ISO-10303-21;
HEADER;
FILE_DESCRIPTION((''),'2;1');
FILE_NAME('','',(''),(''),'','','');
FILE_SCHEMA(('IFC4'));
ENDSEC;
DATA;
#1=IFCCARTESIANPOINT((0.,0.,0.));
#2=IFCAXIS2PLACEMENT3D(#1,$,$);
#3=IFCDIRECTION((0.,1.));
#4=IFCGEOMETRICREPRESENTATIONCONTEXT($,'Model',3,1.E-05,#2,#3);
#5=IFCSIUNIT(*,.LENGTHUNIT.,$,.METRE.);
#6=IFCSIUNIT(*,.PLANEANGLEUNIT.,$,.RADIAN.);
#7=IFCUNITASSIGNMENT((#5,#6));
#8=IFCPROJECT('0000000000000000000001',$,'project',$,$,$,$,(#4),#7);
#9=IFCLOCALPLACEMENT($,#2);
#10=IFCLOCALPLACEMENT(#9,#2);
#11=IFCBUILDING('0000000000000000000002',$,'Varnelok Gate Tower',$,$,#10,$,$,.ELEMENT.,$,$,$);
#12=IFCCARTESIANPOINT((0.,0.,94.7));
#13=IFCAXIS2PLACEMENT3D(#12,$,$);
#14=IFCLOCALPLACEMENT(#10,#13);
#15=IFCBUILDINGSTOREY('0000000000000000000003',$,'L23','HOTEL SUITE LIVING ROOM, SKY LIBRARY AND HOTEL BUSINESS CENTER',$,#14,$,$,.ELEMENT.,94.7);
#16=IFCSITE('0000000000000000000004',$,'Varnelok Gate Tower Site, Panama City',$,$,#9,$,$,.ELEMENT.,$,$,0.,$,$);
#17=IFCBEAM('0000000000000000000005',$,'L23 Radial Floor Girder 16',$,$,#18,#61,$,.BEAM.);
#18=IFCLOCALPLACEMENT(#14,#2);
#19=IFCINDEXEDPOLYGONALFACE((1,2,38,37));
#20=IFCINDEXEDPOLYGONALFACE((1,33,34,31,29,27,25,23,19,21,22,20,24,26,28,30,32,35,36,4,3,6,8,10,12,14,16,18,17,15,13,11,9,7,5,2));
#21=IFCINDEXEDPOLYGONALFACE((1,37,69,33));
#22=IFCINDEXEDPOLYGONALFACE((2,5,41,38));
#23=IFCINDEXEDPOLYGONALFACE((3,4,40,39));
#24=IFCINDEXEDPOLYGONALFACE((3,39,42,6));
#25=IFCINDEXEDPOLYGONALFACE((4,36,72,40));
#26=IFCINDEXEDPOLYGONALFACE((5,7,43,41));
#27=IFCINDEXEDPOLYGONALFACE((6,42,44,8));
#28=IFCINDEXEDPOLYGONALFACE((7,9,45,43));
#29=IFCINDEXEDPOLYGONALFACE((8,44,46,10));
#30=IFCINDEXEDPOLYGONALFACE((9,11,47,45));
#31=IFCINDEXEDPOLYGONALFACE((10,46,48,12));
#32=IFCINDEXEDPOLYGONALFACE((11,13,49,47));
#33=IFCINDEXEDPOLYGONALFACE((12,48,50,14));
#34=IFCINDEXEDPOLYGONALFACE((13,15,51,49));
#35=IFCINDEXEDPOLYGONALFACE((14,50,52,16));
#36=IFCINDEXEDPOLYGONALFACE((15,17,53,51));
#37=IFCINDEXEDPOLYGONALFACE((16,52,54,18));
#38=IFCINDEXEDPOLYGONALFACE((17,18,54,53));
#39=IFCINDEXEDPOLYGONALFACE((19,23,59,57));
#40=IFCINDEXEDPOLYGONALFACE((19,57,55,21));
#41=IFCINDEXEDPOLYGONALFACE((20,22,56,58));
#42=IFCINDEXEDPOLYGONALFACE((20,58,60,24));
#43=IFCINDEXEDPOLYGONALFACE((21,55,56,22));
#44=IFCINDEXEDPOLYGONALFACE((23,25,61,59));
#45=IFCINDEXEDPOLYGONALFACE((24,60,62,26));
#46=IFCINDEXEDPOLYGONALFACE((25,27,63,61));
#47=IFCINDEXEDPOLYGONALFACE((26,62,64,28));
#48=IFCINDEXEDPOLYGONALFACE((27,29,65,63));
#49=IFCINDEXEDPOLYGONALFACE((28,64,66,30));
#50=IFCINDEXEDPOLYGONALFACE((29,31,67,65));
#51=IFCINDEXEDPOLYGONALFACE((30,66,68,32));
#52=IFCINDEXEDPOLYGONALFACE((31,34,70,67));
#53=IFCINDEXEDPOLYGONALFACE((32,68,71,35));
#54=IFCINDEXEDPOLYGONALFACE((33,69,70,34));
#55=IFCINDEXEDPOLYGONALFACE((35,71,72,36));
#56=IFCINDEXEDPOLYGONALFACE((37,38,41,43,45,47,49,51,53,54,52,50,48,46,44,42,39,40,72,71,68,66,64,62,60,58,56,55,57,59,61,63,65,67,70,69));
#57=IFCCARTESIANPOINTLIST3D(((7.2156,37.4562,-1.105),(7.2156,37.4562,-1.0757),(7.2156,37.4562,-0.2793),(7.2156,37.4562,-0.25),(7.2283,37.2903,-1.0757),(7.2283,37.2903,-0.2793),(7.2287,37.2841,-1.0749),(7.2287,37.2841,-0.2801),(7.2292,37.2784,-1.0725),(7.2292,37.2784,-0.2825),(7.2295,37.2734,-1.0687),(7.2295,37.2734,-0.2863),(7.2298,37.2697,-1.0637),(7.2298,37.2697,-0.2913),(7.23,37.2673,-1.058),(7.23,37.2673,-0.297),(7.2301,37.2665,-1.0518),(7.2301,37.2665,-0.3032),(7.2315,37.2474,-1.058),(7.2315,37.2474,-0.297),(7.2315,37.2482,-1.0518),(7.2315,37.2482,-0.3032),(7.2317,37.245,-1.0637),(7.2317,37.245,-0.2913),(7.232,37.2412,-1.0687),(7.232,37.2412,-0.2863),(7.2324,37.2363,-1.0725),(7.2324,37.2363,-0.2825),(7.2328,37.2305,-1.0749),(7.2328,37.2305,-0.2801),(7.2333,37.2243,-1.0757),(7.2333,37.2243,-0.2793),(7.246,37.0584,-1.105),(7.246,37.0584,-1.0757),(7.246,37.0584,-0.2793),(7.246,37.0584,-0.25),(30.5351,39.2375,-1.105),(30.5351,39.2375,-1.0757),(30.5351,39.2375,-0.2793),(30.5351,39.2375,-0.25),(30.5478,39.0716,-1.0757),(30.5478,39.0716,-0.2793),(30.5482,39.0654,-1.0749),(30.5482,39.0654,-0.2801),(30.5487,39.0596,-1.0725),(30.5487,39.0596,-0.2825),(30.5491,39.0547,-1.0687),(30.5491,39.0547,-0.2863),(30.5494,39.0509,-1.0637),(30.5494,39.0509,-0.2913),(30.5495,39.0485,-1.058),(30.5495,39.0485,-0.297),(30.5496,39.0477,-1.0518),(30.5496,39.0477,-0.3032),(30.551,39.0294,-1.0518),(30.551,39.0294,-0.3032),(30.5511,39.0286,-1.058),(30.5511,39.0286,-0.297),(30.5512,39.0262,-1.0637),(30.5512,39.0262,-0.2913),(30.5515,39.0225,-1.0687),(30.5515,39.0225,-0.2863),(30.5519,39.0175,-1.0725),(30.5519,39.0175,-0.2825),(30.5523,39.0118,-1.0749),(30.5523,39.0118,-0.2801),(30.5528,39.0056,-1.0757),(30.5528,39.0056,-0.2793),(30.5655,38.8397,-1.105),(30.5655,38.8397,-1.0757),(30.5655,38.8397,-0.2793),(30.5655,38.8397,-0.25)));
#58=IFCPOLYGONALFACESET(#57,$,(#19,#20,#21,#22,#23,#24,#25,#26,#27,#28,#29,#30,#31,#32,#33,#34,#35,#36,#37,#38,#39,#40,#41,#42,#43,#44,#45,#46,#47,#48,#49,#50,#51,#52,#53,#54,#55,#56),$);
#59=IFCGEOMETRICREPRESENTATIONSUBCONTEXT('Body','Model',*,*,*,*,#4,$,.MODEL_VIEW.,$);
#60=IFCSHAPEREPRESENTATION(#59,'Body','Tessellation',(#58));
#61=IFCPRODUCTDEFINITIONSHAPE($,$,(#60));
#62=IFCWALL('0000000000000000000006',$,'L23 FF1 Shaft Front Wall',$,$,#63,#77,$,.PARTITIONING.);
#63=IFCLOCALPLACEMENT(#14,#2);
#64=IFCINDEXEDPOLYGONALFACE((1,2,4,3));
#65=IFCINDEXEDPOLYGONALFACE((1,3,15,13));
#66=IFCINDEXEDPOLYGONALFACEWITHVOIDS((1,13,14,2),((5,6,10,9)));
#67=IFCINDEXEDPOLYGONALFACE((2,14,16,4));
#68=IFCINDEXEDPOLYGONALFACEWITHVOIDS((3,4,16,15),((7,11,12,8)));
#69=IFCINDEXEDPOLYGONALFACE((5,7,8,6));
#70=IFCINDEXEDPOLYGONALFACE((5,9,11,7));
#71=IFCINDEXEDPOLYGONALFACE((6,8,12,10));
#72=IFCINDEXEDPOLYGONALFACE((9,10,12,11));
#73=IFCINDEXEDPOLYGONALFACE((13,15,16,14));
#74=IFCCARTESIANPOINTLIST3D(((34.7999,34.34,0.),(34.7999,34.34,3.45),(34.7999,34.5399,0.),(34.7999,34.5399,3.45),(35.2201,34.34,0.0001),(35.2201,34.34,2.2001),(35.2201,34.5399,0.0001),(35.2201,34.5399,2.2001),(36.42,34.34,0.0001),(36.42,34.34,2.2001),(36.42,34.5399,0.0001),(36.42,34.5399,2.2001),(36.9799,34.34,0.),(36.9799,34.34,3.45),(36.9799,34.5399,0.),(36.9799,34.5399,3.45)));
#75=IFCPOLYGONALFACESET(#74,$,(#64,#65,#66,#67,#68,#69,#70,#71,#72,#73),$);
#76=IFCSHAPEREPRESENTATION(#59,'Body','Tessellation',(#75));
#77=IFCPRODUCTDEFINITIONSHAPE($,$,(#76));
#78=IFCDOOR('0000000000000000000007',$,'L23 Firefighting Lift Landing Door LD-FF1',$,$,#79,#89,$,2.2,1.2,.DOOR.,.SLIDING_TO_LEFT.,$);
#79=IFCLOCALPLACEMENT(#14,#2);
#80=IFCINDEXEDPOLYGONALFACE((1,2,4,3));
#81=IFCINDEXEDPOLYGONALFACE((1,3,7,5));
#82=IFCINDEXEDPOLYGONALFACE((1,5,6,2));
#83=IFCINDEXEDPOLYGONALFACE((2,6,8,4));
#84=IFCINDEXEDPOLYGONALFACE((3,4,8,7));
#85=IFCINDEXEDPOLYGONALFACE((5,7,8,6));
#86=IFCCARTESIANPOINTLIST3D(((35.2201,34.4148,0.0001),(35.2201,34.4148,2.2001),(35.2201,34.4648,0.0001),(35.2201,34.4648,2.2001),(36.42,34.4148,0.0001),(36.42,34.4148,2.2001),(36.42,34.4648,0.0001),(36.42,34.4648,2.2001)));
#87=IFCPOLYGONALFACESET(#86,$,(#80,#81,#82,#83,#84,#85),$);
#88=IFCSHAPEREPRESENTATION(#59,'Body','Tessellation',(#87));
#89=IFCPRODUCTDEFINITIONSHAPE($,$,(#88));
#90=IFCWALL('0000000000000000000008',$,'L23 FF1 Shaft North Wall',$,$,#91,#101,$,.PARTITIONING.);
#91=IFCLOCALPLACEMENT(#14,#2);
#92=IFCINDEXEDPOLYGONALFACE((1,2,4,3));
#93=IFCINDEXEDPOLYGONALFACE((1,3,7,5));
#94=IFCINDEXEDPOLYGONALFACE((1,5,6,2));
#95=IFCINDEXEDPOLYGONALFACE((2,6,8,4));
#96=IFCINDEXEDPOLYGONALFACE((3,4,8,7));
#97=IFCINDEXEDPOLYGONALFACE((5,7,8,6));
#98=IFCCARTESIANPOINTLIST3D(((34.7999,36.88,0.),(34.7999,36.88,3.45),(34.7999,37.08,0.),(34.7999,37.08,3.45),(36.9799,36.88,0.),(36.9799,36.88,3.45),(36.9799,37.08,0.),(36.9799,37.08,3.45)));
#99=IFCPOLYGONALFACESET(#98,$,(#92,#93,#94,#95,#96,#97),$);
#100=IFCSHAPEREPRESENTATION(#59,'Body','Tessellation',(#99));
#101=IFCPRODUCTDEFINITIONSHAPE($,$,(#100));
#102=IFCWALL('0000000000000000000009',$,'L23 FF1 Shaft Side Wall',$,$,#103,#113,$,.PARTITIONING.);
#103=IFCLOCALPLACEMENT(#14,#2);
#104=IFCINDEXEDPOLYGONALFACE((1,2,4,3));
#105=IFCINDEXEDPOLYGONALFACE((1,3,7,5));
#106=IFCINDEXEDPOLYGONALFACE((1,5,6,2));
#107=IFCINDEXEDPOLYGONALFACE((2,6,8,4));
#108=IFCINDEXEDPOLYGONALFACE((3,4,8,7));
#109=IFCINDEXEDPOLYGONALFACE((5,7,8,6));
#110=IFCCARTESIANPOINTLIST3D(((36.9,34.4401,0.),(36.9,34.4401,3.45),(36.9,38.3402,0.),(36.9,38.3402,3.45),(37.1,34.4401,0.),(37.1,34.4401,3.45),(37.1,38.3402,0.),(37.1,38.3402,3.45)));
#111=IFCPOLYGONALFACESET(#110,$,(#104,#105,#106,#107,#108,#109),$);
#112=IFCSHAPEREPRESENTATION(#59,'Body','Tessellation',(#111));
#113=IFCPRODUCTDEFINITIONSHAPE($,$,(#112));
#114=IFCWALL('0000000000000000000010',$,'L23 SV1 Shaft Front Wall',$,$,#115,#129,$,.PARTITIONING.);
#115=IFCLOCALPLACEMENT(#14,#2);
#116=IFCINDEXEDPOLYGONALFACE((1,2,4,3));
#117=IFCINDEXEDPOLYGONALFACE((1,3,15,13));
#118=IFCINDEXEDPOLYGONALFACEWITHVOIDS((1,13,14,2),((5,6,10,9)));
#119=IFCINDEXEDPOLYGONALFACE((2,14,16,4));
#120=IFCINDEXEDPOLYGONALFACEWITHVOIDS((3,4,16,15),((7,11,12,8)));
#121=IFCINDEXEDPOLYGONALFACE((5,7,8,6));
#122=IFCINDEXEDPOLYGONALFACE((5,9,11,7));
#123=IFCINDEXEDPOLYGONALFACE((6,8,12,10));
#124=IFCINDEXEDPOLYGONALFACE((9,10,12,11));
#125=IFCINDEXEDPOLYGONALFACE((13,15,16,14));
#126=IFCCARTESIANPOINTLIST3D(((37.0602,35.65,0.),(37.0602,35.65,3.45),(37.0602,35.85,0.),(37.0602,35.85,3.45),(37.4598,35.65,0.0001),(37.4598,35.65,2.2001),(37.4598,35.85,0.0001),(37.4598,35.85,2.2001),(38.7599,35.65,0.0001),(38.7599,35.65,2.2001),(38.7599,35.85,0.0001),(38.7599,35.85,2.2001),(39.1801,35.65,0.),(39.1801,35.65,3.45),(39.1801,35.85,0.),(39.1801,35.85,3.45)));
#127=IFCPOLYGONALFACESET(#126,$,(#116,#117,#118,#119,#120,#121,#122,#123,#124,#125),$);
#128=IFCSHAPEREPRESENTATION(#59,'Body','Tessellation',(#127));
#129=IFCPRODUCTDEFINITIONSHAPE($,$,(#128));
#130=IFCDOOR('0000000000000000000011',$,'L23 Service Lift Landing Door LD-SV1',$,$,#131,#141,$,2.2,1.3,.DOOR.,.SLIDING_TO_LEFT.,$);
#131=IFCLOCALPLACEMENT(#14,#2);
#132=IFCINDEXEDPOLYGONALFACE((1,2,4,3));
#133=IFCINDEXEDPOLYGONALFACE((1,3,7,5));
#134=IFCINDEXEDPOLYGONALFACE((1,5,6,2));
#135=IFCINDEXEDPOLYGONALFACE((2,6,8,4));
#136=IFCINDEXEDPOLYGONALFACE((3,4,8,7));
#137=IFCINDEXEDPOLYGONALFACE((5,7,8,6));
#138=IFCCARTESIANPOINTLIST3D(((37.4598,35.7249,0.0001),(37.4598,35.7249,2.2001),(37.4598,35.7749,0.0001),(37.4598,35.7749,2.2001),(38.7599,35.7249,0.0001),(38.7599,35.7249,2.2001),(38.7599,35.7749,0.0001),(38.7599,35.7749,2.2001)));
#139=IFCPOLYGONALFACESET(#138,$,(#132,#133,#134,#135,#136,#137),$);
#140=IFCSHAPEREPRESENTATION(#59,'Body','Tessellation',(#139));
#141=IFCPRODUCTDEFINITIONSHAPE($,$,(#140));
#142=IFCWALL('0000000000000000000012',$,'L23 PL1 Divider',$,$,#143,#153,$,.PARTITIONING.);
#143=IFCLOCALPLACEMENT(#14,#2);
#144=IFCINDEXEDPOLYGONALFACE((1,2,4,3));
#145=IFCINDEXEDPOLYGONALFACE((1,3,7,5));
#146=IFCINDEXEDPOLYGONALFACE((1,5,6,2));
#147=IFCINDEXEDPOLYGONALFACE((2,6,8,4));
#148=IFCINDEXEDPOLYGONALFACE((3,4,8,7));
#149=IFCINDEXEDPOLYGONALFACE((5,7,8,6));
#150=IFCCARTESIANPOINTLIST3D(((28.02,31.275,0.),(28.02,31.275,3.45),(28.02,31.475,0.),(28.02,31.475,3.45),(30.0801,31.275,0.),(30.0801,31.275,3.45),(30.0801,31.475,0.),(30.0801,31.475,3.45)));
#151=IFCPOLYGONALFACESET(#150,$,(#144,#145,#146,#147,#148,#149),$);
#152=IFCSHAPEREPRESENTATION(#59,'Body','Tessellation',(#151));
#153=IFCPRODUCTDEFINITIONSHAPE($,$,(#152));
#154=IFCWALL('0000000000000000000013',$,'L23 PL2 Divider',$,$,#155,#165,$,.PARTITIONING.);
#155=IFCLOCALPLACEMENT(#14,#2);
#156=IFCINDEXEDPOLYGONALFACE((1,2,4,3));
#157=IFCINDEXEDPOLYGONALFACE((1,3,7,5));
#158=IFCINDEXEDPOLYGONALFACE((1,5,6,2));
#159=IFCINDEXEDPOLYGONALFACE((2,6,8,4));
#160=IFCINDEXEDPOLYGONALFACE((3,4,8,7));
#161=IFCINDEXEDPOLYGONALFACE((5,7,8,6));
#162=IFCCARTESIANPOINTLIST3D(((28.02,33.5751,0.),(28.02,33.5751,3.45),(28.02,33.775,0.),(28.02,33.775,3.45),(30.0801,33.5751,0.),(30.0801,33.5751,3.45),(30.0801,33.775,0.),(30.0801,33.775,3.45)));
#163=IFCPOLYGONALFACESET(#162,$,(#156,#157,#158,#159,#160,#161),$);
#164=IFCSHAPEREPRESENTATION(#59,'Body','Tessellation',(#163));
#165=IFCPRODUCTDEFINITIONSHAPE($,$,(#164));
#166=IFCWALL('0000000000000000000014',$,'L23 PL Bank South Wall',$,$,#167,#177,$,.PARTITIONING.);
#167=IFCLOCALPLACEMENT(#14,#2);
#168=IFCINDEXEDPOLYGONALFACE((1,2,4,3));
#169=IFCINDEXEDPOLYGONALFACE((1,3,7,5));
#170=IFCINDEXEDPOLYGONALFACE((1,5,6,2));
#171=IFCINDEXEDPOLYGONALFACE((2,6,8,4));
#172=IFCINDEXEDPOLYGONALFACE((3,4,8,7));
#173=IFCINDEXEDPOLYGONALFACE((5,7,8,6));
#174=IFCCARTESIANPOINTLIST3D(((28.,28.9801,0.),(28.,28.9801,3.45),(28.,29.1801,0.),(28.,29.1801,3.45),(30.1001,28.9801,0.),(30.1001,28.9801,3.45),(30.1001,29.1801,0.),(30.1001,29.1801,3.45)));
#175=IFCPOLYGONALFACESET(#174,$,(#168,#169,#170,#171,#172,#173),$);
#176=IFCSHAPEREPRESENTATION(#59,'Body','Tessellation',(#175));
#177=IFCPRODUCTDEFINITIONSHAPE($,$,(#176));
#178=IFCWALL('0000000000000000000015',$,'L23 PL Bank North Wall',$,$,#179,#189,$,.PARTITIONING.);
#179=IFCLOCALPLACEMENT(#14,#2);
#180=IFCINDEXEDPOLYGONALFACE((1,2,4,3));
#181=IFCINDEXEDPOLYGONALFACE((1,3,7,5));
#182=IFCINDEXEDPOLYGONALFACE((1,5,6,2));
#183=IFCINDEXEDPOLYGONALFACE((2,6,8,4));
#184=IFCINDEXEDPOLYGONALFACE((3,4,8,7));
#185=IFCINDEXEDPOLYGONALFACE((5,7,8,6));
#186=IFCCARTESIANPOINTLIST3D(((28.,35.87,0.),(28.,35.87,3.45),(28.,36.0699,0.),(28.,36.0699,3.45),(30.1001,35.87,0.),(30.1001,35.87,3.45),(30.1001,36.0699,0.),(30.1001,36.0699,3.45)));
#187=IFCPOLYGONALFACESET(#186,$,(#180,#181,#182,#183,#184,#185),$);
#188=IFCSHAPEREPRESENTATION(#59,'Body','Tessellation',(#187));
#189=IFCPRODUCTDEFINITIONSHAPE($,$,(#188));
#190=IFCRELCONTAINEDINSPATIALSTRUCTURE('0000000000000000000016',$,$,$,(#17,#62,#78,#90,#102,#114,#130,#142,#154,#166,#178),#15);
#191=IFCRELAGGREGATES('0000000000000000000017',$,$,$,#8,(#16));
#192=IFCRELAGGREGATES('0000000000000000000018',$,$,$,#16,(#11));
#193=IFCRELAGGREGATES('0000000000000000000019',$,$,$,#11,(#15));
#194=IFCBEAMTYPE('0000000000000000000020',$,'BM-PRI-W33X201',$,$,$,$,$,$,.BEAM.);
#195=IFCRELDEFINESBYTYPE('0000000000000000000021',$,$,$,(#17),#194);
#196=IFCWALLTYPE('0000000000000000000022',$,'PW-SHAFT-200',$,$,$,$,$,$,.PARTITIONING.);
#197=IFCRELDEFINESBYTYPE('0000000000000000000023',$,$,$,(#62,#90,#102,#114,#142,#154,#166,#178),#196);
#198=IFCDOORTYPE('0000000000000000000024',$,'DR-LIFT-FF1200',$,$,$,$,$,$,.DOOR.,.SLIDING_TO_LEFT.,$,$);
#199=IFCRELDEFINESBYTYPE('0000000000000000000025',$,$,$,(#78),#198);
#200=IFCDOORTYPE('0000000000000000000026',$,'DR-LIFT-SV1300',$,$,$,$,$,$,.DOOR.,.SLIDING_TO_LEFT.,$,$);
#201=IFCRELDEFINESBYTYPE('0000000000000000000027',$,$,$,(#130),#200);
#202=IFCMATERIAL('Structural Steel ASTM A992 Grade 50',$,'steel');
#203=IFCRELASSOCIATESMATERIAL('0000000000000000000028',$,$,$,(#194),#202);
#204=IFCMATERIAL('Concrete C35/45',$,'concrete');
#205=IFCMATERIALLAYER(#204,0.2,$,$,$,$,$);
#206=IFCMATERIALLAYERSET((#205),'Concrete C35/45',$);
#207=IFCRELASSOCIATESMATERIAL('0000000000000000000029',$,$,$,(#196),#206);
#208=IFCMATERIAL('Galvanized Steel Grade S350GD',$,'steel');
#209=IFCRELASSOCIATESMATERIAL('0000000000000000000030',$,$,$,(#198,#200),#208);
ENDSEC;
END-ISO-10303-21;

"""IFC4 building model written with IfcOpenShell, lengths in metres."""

from ifc_helpers import new_model, si_unit, direction, frame, frame_2d, origin, origin_2d, place, context, subcontext, project, spatial, rectangle, i_section, extrude, material, layer, layer_set, material_profile, profile_set, type_object, element, fill, save


model = new_model("IFC4")

# Units and contexts
model_context = context("Model", 3, precision=1e-05, world=origin(), true_north=direction((0.0, 1.0)))
body_context = subcontext(model_context, "Body", "Model", "MODEL_VIEW")
ifc_project = project(units=[si_unit("LENGTHUNIT", "METRE"), si_unit("PLANEANGLEUNIT", "RADIAN")], contexts=[model_context])

# Site, building, storey
site_placement = place(None, origin())
site = spatial("IfcSite", under=ifc_project, at=site_placement, Name="Varnelok Gate Tower Site, Panama City", CompositionType="ELEMENT", RefElevation=0.0)
building_placement = place(site_placement, origin())
building = spatial("IfcBuilding", under=site, at=building_placement, Name="Varnelok Gate Tower", CompositionType="ELEMENT")
storey_placement = place(building_placement, frame((0.0, 0.0, 94.7)))
storey = spatial("IfcBuildingStorey", under=building, at=storey_placement, Name="L23", Description="HOTEL SUITE LIVING ROOM, SKY LIBRARY AND HOTEL BUSINESS CENTER", CompositionType="ELEMENT", Elevation=94.7)

# Beam
ifc_material_1 = material(Name="Structural Steel ASTM A992 Grade 50", Category="steel")
ifc_material_profile = material_profile(ifc_material_1, i_section(OverallWidth=0.3989, OverallDepth=0.855, WebThickness=0.0183, FlangeThickness=0.0293, FilletRadius=0.0239, at=origin_2d()), Name="W33X201")
ifc_profile_set = profile_set([ifc_material_profile], Name="Structural Steel ASTM A992 Grade 50")
beam_type = type_object("IfcBeamType", Name="BM-PRI-W33X201", PredefinedType="BEAM", material=ifc_profile_set)
beam_placement = place(storey_placement, frame((30.5503, 39.0386, -0.6775), z_axis=(-0.997095, -0.076162, 0.0), x_axis=(0.076162, -0.997095, 0.0)))
element("IfcBeam", 1, at=beam_placement, inside=storey, type_object=beam_type, Name="L23 Radial Floor Girder 16", PredefinedType="BEAM", context=body_context, shape_type="SweptSolid", body=[
    extrude(i_section(OverallWidth=0.3989, OverallDepth=0.855, WebThickness=0.0183, FlangeThickness=0.0293, FilletRadius=0.0239, at=origin_2d()), origin(), (0.0, 0.0, 1.0), 23.3875),
])

# Wall, opening, door
ifc_material_2 = material(Name="Concrete C35/45", Category="concrete")
ifc_layer_1 = layer(ifc_material_2, 0.2)
ifc_layer_set_1 = layer_set([ifc_layer_1], Name="Concrete C35/45")
wall_type_1 = type_object("IfcWallType", Name="PW-SHAFT-200", PredefinedType="PARTITIONING", material=ifc_layer_set_1)
wall_1_placement = place(storey_placement, frame((34.8, 34.4399, 0.0), z_axis=(0.0, 0.0, 1.0), x_axis=(1.0, 0.0, 0.0)))
wall_1 = element("IfcWall", 2, at=wall_1_placement, inside=storey, type_object=wall_type_1, Name="L23 FF1 Shaft Front Wall", PredefinedType="PARTITIONING", context=body_context, shape_type="SweptSolid", body=[
    extrude(rectangle(XDim=2.1799, YDim=0.2, at=frame_2d((1.0898, 0.0))), origin(), (0.0, 0.0, 1.0), 3.45),
])
opening_1_placement = place(wall_1_placement, frame((0.4199, 0.0, 0.0)))
opening_1 = element("IfcOpeningElement", 3, at=opening_1_placement, cuts=wall_1, PredefinedType="OPENING", context=body_context, shape_type="SweptSolid", body=[
    extrude(rectangle(XDim=1.2, YDim=2.2, at=frame_2d((0.6001, 1.1001))), frame((0.0, 0.1099, 0.0), z_axis=(0.0, -1.0, 0.0), x_axis=(1.0, 0.0, 0.0)), (0.0, 0.0, 1.0), 0.22),
])
ifc_material_3 = material(Name="Galvanized Steel Grade S350GD", Category="steel")
door_type_1 = type_object("IfcDoorType", Name="DR-LIFT-FF1200", OperationType="SLIDING_TO_LEFT", PredefinedType="DOOR", material=ifc_material_3)
door_1_placement = place(opening_1_placement, origin())
door_1 = element("IfcDoor", 4, at=door_1_placement, inside=storey, type_object=door_type_1, Name="L23 Firefighting Lift Landing Door LD-FF1", OperationType="SLIDING_TO_LEFT", OverallHeight=2.2, OverallWidth=1.2, PredefinedType="DOOR", context=body_context, shape_type="SweptSolid", body=[
    extrude(rectangle(XDim=1.2, YDim=2.2, at=frame_2d((0.6001, 1.1001))), frame((0.0, 0.0249, 0.0), z_axis=(0.0, -1.0, 0.0), x_axis=(1.0, 0.0, 0.0)), (0.0, 0.0, 1.0), 0.05),
])
fill(opening_1, door_1)

# Walls
wall_2_placement = place(storey_placement, frame((34.8, 36.98, 0.0), z_axis=(0.0, 0.0, 1.0), x_axis=(1.0, 0.0, 0.0)))
element("IfcWall", 5, at=wall_2_placement, inside=storey, type_object=wall_type_1, Name="L23 FF1 Shaft North Wall", PredefinedType="PARTITIONING", context=body_context, shape_type="SweptSolid", body=[
    extrude(rectangle(XDim=2.1799, YDim=0.2, at=frame_2d((1.0898, 0.0))), origin(), (0.0, 0.0, 1.0), 3.45),
])
wall_3_placement = place(storey_placement, frame((37.0, 34.4399, 0.0), z_axis=(0.0, 0.0, 1.0), x_axis=(0.0, 1.0, 0.0)))
element("IfcWall", 6, at=wall_3_placement, inside=storey, type_object=wall_type_1, Name="L23 FF1 Shaft Side Wall", PredefinedType="PARTITIONING", context=body_context, shape_type="SweptSolid", body=[
    extrude(rectangle(XDim=3.9001, YDim=0.2, at=frame_2d((1.9502, 0.0))), origin(), (0.0, 0.0, 1.0), 3.45),
])

# Wall, opening, door
wall_4_placement = place(storey_placement, frame((37.0601, 35.75, 0.0), z_axis=(0.0, 0.0, 1.0), x_axis=(1.0, 0.0, 0.0)))
wall_4 = element("IfcWall", 7, at=wall_4_placement, inside=storey, type_object=wall_type_1, Name="L23 SV1 Shaft Front Wall", PredefinedType="PARTITIONING", context=body_context, shape_type="SweptSolid", body=[
    extrude(rectangle(XDim=2.1199, YDim=0.2, at=frame_2d((1.0601, 0.0))), origin(), (0.0, 0.0, 1.0), 3.45),
])
opening_2_placement = place(wall_4_placement, frame((0.3999, 0.0, 0.0)))
opening_2 = element("IfcOpeningElement", 8, at=opening_2_placement, cuts=wall_4, PredefinedType="OPENING", context=body_context, shape_type="SweptSolid", body=[
    extrude(rectangle(XDim=1.3, YDim=2.2, at=frame_2d((0.6499, 1.1001))), frame((0.0, 0.1099, 0.0), z_axis=(0.0, -1.0, 0.0), x_axis=(1.0, 0.0, 0.0)), (0.0, 0.0, 1.0), 0.22),
])
door_type_2 = type_object("IfcDoorType", Name="DR-LIFT-SV1300", OperationType="SLIDING_TO_LEFT", PredefinedType="DOOR", material=ifc_material_3)
door_2_placement = place(opening_2_placement, origin())
door_2 = element("IfcDoor", 9, at=door_2_placement, inside=storey, type_object=door_type_2, Name="L23 Service Lift Landing Door LD-SV1", OperationType="SLIDING_TO_LEFT", OverallHeight=2.2, OverallWidth=1.3, PredefinedType="DOOR", context=body_context, shape_type="SweptSolid", body=[
    extrude(rectangle(XDim=1.3, YDim=2.2, at=frame_2d((0.6499, 1.1001))), frame((0.0, 0.0249, 0.0), z_axis=(0.0, -1.0, 0.0), x_axis=(1.0, 0.0, 0.0)), (0.0, 0.0, 1.0), 0.05),
])
fill(opening_2, door_2)

# Walls
for number, where, z_axis, x_axis, name in (
    (10, (28.02, 31.375, 0.0), (0.0, 0.0, 1.0), (1.0, 0.0, 0.0), "L23 PL1 Divider"),
    (11, (28.02, 33.675, 0.0), (0.0, 0.0, 1.0), (1.0, 0.0, 0.0), "L23 PL2 Divider"),
):
    element("IfcWall", number, at=place(storey_placement, frame(where, z_axis=z_axis, x_axis=x_axis)), inside=storey, type_object=wall_type_1, Name=name, PredefinedType="PARTITIONING", context=body_context, shape_type="SweptSolid", body=[
        extrude(rectangle(XDim=2.0601, YDim=0.2, at=frame_2d((1.03, 0.0))), origin(), (0.0, 0.0, 1.0), 3.45),
    ])
for number, where, z_axis, x_axis, name in (
    (12, (28.0, 29.0801, 0.0), (0.0, 0.0, 1.0), (1.0, 0.0, 0.0), "L23 PL Bank South Wall"),
    (13, (28.0, 35.97, 0.0), (0.0, 0.0, 1.0), (1.0, 0.0, 0.0), "L23 PL Bank North Wall"),
):
    element("IfcWall", number, at=place(storey_placement, frame(where, z_axis=z_axis, x_axis=x_axis)), inside=storey, type_object=wall_type_1, Name=name, PredefinedType="PARTITIONING", context=body_context, shape_type="SweptSolid", body=[
        extrude(rectangle(XDim=2.1001, YDim=0.2, at=frame_2d((1.05, 0.0))), origin(), (0.0, 0.0, 1.0), 3.45),
    ])

save(model, "model.ifc")
